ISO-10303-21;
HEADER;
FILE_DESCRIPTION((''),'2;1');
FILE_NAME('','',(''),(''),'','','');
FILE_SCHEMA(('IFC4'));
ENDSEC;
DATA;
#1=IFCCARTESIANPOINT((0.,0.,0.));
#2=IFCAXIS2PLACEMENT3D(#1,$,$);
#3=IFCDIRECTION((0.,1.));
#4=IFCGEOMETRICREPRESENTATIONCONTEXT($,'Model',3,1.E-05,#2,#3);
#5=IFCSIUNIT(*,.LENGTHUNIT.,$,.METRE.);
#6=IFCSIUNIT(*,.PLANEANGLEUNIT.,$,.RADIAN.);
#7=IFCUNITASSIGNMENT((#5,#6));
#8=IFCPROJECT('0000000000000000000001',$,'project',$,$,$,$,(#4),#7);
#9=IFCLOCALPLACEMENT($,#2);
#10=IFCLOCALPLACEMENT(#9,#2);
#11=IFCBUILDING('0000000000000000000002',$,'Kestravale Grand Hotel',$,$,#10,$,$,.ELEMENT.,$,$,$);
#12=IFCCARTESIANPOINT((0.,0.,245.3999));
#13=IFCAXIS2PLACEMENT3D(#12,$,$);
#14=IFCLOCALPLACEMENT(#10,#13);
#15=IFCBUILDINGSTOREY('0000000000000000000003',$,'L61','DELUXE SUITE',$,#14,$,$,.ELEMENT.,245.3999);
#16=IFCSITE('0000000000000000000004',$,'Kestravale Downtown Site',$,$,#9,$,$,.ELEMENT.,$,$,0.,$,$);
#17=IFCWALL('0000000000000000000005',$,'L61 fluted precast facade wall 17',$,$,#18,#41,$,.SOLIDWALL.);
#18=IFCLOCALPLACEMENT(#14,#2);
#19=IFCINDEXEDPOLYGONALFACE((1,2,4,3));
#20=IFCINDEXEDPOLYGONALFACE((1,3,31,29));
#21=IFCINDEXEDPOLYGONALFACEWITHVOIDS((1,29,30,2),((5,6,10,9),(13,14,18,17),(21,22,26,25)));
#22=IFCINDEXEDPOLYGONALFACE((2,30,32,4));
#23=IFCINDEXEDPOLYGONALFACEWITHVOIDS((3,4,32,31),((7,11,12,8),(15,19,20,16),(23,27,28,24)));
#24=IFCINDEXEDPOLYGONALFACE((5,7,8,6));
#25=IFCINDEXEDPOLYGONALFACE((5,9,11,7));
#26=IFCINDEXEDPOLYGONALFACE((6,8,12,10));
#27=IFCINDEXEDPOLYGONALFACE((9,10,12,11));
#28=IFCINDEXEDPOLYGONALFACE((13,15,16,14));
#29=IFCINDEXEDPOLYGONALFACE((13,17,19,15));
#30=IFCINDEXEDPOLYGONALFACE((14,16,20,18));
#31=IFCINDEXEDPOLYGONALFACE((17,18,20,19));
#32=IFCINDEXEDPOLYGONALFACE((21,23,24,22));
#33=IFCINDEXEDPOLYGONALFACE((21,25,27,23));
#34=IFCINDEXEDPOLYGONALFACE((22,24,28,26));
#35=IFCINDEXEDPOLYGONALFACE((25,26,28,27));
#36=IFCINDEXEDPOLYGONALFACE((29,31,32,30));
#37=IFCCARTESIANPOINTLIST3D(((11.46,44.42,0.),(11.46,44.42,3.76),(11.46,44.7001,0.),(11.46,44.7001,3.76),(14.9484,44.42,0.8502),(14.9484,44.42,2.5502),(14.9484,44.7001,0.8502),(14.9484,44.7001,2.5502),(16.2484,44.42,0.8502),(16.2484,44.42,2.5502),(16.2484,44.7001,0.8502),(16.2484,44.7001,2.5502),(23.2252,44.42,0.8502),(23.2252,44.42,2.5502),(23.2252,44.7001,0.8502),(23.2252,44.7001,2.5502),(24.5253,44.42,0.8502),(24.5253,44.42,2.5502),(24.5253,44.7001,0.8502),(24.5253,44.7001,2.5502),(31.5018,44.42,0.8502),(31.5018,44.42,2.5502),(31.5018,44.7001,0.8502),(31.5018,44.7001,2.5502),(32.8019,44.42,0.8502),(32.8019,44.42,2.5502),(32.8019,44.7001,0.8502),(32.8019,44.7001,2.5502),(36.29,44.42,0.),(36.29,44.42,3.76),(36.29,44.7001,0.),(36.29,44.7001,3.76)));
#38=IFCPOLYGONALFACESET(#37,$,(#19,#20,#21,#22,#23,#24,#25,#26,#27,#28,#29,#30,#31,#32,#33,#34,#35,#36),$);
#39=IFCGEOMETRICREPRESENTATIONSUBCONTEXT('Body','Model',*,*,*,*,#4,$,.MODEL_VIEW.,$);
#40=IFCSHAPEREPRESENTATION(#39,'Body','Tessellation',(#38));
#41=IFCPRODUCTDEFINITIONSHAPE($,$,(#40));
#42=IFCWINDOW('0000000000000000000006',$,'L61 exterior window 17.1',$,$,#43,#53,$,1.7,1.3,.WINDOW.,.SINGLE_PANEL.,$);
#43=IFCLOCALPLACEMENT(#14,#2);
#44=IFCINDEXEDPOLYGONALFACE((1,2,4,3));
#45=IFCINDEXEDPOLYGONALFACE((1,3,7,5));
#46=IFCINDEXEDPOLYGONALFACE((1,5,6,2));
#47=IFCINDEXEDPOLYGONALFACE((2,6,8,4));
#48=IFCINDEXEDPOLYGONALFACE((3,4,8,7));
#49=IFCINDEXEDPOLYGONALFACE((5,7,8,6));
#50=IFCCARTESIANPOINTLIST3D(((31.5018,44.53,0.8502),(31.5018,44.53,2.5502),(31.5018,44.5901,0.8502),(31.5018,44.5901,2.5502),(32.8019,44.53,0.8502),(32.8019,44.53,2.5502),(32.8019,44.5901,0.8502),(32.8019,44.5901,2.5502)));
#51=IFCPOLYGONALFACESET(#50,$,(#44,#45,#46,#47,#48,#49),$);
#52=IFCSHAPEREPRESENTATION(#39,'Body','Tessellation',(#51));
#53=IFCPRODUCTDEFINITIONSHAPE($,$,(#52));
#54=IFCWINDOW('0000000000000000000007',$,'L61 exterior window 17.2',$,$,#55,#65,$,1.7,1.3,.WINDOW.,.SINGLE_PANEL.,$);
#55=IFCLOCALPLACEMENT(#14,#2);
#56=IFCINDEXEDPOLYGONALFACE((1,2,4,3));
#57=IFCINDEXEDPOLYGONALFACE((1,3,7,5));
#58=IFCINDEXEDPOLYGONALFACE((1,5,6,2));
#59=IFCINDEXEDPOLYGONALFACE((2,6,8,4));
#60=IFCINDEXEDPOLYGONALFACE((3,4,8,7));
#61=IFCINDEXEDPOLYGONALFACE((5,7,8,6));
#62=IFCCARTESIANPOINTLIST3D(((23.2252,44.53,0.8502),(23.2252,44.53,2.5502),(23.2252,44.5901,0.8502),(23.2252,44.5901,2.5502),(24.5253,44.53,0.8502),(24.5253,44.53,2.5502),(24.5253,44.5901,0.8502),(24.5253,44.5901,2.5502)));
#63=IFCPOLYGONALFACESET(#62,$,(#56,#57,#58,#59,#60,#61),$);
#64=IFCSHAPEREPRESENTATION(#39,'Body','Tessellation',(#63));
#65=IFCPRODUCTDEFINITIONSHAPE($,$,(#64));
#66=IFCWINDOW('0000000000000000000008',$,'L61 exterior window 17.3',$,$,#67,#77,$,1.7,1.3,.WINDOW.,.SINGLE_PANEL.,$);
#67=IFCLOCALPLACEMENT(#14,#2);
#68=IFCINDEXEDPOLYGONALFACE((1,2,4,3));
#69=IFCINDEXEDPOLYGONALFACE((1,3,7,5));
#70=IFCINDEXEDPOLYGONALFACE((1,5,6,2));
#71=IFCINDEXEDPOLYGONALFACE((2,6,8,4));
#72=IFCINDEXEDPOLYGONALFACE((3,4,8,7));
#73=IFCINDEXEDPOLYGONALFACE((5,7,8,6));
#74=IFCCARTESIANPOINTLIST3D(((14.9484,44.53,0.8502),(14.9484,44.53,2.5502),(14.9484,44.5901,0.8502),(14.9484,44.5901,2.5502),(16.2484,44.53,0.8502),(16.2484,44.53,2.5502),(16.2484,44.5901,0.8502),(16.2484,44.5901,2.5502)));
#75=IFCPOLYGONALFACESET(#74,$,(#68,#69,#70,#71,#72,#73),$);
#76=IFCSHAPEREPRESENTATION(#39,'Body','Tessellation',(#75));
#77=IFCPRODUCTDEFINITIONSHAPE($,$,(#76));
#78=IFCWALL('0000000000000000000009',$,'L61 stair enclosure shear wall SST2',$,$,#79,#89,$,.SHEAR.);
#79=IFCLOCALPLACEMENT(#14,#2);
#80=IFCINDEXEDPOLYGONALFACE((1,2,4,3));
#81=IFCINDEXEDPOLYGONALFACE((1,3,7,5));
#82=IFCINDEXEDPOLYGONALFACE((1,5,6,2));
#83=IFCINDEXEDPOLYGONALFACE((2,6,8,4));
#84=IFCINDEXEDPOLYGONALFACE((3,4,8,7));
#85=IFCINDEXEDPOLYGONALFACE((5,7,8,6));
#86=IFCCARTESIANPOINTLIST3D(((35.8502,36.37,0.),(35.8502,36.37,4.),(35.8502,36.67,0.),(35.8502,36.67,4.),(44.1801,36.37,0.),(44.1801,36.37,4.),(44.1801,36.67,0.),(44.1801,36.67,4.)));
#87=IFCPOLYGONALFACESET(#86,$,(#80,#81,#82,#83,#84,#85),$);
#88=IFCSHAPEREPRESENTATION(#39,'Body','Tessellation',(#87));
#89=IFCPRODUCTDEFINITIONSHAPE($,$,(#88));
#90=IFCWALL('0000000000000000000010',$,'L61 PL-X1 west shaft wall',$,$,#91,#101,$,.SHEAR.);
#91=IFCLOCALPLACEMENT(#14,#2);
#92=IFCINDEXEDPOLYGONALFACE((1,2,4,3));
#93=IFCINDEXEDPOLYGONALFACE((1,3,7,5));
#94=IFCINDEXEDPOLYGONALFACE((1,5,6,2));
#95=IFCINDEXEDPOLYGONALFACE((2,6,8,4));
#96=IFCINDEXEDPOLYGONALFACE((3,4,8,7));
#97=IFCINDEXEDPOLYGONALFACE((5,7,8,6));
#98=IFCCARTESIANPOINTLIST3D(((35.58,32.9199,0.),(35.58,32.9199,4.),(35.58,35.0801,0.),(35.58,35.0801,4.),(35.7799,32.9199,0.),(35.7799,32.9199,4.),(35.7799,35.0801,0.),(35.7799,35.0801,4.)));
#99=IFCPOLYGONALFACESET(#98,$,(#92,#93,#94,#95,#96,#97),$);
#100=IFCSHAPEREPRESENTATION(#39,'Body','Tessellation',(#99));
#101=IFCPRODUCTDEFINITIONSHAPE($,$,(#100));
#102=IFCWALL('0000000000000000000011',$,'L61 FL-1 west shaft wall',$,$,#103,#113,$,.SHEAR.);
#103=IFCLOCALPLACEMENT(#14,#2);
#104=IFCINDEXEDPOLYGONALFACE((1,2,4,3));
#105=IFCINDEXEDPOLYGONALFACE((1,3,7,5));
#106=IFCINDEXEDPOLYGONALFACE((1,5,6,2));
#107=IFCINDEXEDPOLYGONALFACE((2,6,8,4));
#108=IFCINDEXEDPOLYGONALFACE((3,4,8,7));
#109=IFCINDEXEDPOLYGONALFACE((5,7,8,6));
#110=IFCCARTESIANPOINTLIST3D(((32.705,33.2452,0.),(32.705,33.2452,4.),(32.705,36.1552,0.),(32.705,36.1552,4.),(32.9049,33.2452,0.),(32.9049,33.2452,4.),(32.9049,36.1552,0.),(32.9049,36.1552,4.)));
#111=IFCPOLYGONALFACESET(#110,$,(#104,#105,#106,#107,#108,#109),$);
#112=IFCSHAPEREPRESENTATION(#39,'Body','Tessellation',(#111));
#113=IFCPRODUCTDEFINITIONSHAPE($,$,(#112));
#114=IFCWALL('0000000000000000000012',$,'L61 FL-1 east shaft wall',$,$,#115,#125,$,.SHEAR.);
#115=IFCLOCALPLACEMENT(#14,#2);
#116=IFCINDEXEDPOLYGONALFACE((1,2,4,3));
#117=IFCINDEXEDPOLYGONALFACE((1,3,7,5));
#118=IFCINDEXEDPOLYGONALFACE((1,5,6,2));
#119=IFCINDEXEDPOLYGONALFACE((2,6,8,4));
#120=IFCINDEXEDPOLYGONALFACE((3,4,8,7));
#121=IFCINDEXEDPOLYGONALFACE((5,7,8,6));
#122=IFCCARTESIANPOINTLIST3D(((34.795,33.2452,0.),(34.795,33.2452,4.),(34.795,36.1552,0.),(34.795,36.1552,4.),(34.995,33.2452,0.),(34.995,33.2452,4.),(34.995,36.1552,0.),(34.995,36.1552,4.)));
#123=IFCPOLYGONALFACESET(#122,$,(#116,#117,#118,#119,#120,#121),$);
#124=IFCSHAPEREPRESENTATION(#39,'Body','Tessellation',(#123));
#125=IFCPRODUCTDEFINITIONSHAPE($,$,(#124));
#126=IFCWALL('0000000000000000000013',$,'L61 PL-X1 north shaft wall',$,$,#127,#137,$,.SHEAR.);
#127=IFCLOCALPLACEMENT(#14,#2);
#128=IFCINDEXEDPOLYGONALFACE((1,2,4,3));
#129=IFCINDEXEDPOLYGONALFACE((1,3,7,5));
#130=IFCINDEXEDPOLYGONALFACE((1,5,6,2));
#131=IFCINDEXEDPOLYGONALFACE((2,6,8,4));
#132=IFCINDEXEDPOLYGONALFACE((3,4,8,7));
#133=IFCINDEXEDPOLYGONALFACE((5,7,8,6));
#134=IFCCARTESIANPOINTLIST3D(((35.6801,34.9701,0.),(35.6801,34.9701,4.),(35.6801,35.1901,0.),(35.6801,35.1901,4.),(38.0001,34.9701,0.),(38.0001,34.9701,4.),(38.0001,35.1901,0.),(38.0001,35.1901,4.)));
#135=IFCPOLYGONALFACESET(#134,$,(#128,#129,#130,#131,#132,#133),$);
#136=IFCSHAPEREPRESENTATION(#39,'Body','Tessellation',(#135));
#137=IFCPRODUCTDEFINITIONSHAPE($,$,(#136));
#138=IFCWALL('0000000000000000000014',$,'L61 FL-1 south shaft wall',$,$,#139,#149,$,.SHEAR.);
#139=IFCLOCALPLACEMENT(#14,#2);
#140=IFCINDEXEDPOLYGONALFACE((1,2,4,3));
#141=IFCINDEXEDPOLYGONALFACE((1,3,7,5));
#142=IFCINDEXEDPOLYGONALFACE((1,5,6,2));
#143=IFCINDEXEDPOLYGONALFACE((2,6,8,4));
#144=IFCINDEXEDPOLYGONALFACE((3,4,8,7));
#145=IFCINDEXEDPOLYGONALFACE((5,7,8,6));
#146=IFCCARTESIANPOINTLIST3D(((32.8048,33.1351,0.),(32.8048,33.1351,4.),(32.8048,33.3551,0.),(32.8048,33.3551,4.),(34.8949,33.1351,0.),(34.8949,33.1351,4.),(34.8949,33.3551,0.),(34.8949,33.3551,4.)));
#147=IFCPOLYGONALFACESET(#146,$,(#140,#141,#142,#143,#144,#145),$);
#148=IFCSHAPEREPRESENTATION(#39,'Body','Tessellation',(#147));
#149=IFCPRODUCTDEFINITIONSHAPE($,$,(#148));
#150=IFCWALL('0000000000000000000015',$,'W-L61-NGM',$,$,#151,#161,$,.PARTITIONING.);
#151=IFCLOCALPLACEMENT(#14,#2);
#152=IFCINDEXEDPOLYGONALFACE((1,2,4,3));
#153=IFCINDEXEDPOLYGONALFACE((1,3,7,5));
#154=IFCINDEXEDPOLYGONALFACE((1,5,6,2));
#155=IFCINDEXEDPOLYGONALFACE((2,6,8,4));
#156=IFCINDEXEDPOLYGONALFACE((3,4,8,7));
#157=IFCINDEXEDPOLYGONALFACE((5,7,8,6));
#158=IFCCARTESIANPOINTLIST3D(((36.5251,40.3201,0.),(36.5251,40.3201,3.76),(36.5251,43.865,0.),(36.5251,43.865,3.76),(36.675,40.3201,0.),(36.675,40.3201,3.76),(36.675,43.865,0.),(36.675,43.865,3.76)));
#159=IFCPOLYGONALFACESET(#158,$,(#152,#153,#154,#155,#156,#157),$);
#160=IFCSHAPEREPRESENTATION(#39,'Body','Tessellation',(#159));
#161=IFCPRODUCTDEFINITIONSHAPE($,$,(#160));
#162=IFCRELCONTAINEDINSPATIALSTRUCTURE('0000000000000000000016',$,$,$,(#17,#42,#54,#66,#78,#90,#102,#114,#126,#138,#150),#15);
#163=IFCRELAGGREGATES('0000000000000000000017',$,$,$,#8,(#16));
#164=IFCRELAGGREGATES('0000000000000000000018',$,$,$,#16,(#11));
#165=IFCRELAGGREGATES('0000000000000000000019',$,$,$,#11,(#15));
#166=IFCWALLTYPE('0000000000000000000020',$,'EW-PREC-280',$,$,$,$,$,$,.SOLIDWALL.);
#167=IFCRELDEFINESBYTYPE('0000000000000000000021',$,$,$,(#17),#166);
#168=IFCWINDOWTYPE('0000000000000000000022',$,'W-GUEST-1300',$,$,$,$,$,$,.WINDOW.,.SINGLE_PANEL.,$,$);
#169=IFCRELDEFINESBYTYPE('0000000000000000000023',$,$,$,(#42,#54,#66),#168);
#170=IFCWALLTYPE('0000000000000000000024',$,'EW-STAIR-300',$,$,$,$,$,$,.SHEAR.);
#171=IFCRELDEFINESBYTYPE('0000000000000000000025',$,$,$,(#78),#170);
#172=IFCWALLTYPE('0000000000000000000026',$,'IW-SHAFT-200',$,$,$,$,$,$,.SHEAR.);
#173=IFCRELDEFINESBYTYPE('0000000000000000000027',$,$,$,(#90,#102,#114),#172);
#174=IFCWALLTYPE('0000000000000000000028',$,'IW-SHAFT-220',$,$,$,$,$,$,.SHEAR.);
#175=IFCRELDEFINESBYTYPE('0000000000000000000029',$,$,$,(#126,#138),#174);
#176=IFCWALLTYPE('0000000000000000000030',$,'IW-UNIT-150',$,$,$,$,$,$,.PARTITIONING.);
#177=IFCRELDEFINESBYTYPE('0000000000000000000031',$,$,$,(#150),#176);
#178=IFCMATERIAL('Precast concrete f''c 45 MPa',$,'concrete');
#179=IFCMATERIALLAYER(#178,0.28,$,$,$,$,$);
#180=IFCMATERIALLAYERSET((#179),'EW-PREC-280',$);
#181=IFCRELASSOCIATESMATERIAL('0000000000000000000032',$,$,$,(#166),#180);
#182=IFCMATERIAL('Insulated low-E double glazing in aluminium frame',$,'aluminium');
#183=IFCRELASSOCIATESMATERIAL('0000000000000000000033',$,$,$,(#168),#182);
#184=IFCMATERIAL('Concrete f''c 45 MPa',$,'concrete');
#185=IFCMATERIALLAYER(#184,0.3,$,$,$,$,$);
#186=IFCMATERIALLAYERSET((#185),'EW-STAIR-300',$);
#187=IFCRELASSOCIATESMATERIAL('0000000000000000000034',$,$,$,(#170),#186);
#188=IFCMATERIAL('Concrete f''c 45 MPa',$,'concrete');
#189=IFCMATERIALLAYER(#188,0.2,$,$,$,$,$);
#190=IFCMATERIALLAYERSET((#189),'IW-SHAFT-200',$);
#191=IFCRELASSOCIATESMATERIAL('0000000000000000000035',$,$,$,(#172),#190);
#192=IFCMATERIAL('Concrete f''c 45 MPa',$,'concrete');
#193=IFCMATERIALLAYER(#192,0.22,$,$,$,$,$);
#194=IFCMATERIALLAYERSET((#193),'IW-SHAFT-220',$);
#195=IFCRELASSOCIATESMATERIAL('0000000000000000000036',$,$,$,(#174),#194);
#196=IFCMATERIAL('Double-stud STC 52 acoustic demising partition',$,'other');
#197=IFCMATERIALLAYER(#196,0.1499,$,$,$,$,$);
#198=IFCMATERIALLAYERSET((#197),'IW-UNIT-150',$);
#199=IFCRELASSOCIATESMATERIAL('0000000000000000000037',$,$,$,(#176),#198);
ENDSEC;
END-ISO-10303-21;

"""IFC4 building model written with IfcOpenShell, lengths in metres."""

from ifc_helpers import new_model, si_unit, direction, frame, frame_2d, origin, place, context, subcontext, project, spatial, rectangle, extrude, material, layer, layer_set, type_object, element, fill, save


model = new_model("IFC4")

# Units and contexts
model_context = context("Model", 3, precision=1e-05, world=origin(), true_north=direction((0.0, 1.0)))
body_context = subcontext(model_context, "Body", "Model", "MODEL_VIEW")
ifc_project = project(units=[si_unit("LENGTHUNIT", "METRE"), si_unit("PLANEANGLEUNIT", "RADIAN")], contexts=[model_context])

# Site, building, storey
site_placement = place(None, origin())
site = spatial("IfcSite", under=ifc_project, at=site_placement, Name="Kestravale Downtown Site", CompositionType="ELEMENT", RefElevation=0.0)
building_placement = place(site_placement, origin())
building = spatial("IfcBuilding", under=site, at=building_placement, Name="Kestravale Grand Hotel", CompositionType="ELEMENT")
storey_placement = place(building_placement, frame((0.0, 0.0, 245.3999)))
storey = spatial("IfcBuildingStorey", under=building, at=storey_placement, Name="L61", Description="DELUXE SUITE", CompositionType="ELEMENT", Elevation=245.3999)

# Shared definitions
ifc_material_1 = material(Name="Precast concrete f'c 45 MPa", Category="concrete")
ifc_layer_1 = layer(ifc_material_1, 0.28)
ifc_layer_set_1 = layer_set([ifc_layer_1], Name="EW-PREC-280")
wall_type_1 = type_object("IfcWallType", Name="EW-PREC-280", PredefinedType="SOLIDWALL", material=ifc_layer_set_1)

# Wall, openings, windows
wall_1_placement = place(storey_placement, frame((36.29, 44.5601, 0.0), z_axis=(0.0, 0.0, 1.0), x_axis=(-1.0, 0.0, 0.0)))
wall_1 = element("IfcWall", 1, at=wall_1_placement, inside=storey, type_object=wall_type_1, Name="L61 fluted precast facade wall 17", PredefinedType="SOLIDWALL", context=body_context, shape_type="SweptSolid", body=[
    extrude(rectangle(XDim=24.8301, YDim=0.28, at=frame_2d((12.415, 0.0))), origin(), (0.0, 0.0, 1.0), 3.76),
])
opening_1_placement = place(wall_1_placement, frame((3.4883, 0.0, 0.8501)))
opening_1 = element("IfcOpeningElement", 2, at=opening_1_placement, cuts=wall_1, PredefinedType="OPENING", context=body_context, shape_type="SweptSolid", body=[
    extrude(rectangle(XDim=1.3, YDim=1.7, at=frame_2d((0.6499, 0.8501))), frame((0.0, 0.1499, 0.0), z_axis=(0.0, -1.0, 0.0), x_axis=(1.0, 0.0, 0.0)), (0.0, 0.0, 1.0), 0.3),
])
opening_2_placement = place(wall_1_placement, frame((11.7649, 0.0, 0.8501)))
opening_2 = element("IfcOpeningElement", 3, at=opening_2_placement, cuts=wall_1, PredefinedType="OPENING", context=body_context, shape_type="SweptSolid", body=[
    extrude(rectangle(XDim=1.3, YDim=1.7, at=frame_2d((0.6499, 0.8501))), frame((0.0, 0.1499, 0.0), z_axis=(0.0, -1.0, 0.0), x_axis=(1.0, 0.0, 0.0)), (0.0, 0.0, 1.0), 0.3),
])
opening_3_placement = place(wall_1_placement, frame((20.0417, 0.0, 0.8501)))
opening_3 = element("IfcOpeningElement", 4, at=opening_3_placement, cuts=wall_1, PredefinedType="OPENING", context=body_context, shape_type="SweptSolid", body=[
    extrude(rectangle(XDim=1.3, YDim=1.7, at=frame_2d((0.6499, 0.8501))), frame((0.0, 0.1499, 0.0), z_axis=(0.0, -1.0, 0.0), x_axis=(1.0, 0.0, 0.0)), (0.0, 0.0, 1.0), 0.3),
])
ifc_material_2 = material(Name="Insulated low-E double glazing in aluminium frame", Category="aluminium")
window_type = type_object("IfcWindowType", Name="W-GUEST-1300", PartitioningType="SINGLE_PANEL", PredefinedType="WINDOW", material=ifc_material_2)
window_1_placement = place(opening_1_placement, origin())
window_1 = element("IfcWindow", 5, at=window_1_placement, inside=storey, type_object=window_type, Name="L61 exterior window 17.1", OverallHeight=1.7, OverallWidth=1.3, PartitioningType="SINGLE_PANEL", PredefinedType="WINDOW", context=body_context, shape_type="SweptSolid", body=[
    extrude(rectangle(XDim=1.3, YDim=1.7, at=frame_2d((0.6499, 0.8501))), frame((0.0, 0.03, 0.0), z_axis=(0.0, -1.0, 0.0), x_axis=(1.0, 0.0, 0.0)), (0.0, 0.0, 1.0), 0.0601),
])
fill(opening_1, window_1)
window_2_placement = place(opening_2_placement, origin())
window_2 = element("IfcWindow", 6, at=window_2_placement, inside=storey, type_object=window_type, Name="L61 exterior window 17.2", OverallHeight=1.7, OverallWidth=1.3, PartitioningType="SINGLE_PANEL", PredefinedType="WINDOW", context=body_context, shape_type="SweptSolid", body=[
    extrude(rectangle(XDim=1.3, YDim=1.7, at=frame_2d((0.6499, 0.8501))), frame((0.0, 0.03, 0.0), z_axis=(0.0, -1.0, 0.0), x_axis=(1.0, 0.0, 0.0)), (0.0, 0.0, 1.0), 0.0601),
])
fill(opening_2, window_2)
window_3_placement = place(opening_3_placement, origin())
window_3 = element("IfcWindow", 7, at=window_3_placement, inside=storey, type_object=window_type, Name="L61 exterior window 17.3", OverallHeight=1.7, OverallWidth=1.3, PartitioningType="SINGLE_PANEL", PredefinedType="WINDOW", context=body_context, shape_type="SweptSolid", body=[
    extrude(rectangle(XDim=1.3, YDim=1.7, at=frame_2d((0.6499, 0.8501))), frame((0.0, 0.03, 0.0), z_axis=(0.0, -1.0, 0.0), x_axis=(1.0, 0.0, 0.0)), (0.0, 0.0, 1.0), 0.0601),
])
fill(opening_3, window_3)

# Walls
ifc_material_3 = material(Name="Concrete f'c 45 MPa", Category="concrete")
ifc_layer_2 = layer(ifc_material_3, 0.3)
ifc_layer_set_2 = layer_set([ifc_layer_2], Name="EW-STAIR-300")
wall_type_2 = type_object("IfcWallType", Name="EW-STAIR-300", PredefinedType="SHEAR", material=ifc_layer_set_2)
wall_2_placement = place(storey_placement, frame((35.8501, 36.52, 0.0), z_axis=(0.0, 0.0, 1.0), x_axis=(1.0, 0.0, 0.0)))
element("IfcWall", 8, at=wall_2_placement, inside=storey, type_object=wall_type_2, Name="L61 stair enclosure shear wall SST2", PredefinedType="SHEAR", context=body_context, shape_type="SweptSolid", body=[
    extrude(rectangle(XDim=8.3298, YDim=0.3, at=frame_2d((4.165, 0.0))), origin(), (0.0, 0.0, 1.0), 4.0),
])
ifc_material_4 = material(Name="Concrete f'c 45 MPa", Category="concrete")
ifc_layer_3 = layer(ifc_material_4, 0.2)
ifc_layer_set_3 = layer_set([ifc_layer_3], Name="IW-SHAFT-200")
wall_type_3 = type_object("IfcWallType", Name="IW-SHAFT-200", PredefinedType="SHEAR", material=ifc_layer_set_3)
wall_3_placement = place(storey_placement, frame((35.6799, 32.9199, 0.0), z_axis=(0.0, 0.0, 1.0), x_axis=(0.0, 1.0, 0.0)))
element("IfcWall", 9, at=wall_3_placement, inside=storey, type_object=wall_type_3, Name="L61 PL-X1 west shaft wall", PredefinedType="SHEAR", context=body_context, shape_type="SweptSolid", body=[
    extrude(rectangle(XDim=2.1602, YDim=0.2, at=frame_2d((1.0801, 0.0))), origin(), (0.0, 0.0, 1.0), 4.0),
])
for number, where, z_axis, x_axis, name in (
    (10, (32.8049, 33.2451, 0.0), (0.0, 0.0, 1.0), (0.0, 1.0, 0.0), "L61 FL-1 west shaft wall"),
    (11, (34.895, 33.2451, 0.0), (0.0, 0.0, 1.0), (0.0, 1.0, 0.0), "L61 FL-1 east shaft wall"),
):
    element("IfcWall", number, at=place(storey_placement, frame(where, z_axis=z_axis, x_axis=x_axis)), inside=storey, type_object=wall_type_3, Name=name, PredefinedType="SHEAR", context=body_context, shape_type="SweptSolid", body=[
        extrude(rectangle(XDim=2.9099, YDim=0.2, at=frame_2d((1.4551, 0.0))), origin(), (0.0, 0.0, 1.0), 4.0),
    ])
ifc_material_5 = material(Name="Concrete f'c 45 MPa", Category="concrete")
ifc_layer_4 = layer(ifc_material_5, 0.22)
ifc_layer_set_4 = layer_set([ifc_layer_4], Name="IW-SHAFT-220")
wall_type_4 = type_object("IfcWallType", Name="IW-SHAFT-220", PredefinedType="SHEAR", material=ifc_layer_set_4)
wall_4_placement = place(storey_placement, frame((35.6799, 35.0801, 0.0), z_axis=(0.0, 0.0, 1.0), x_axis=(1.0, 0.0, 0.0)))
element("IfcWall", 12, at=wall_4_placement, inside=storey, type_object=wall_type_4, Name="L61 PL-X1 north shaft wall", PredefinedType="SHEAR", context=body_context, shape_type="SweptSolid", body=[
    extrude(rectangle(XDim=2.3201, YDim=0.22, at=frame_2d((1.1602, 0.0))), origin(), (0.0, 0.0, 1.0), 4.0),
])

# Walls
wall_5_placement = place(storey_placement, frame((32.8049, 33.2451, 0.0), z_axis=(0.0, 0.0, 1.0), x_axis=(1.0, 0.0, 0.0)))
element("IfcWall", 13, at=wall_5_placement, inside=storey, type_object=wall_type_4, Name="L61 FL-1 south shaft wall", PredefinedType="SHEAR", context=body_context, shape_type="SweptSolid", body=[
    extrude(rectangle(XDim=2.0901, YDim=0.22, at=frame_2d((1.0449, 0.0))), origin(), (0.0, 0.0, 1.0), 4.0),
])
ifc_material_6 = material(Name="Double-stud STC 52 acoustic demising partition", Category="other")
ifc_layer_5 = layer(ifc_material_6, 0.1499)
ifc_layer_set_5 = layer_set([ifc_layer_5], Name="IW-UNIT-150")
wall_type_5 = type_object("IfcWallType", Name="IW-UNIT-150", PredefinedType="PARTITIONING", material=ifc_layer_set_5)
wall_6_placement = place(storey_placement, frame((36.6001, 40.3201, 0.0), z_axis=(0.0, 0.0, 1.0), x_axis=(0.0, 1.0, 0.0)))
element("IfcWall", 14, at=wall_6_placement, inside=storey, type_object=wall_type_5, Name="W-L61-NGM", PredefinedType="PARTITIONING", context=body_context, shape_type="SweptSolid", body=[
    extrude(rectangle(XDim=3.5449, YDim=0.1499, at=frame_2d((1.7725, 0.0))), origin(), (0.0, 0.0, 1.0), 3.76),
])

save(model, "model.ifc")
